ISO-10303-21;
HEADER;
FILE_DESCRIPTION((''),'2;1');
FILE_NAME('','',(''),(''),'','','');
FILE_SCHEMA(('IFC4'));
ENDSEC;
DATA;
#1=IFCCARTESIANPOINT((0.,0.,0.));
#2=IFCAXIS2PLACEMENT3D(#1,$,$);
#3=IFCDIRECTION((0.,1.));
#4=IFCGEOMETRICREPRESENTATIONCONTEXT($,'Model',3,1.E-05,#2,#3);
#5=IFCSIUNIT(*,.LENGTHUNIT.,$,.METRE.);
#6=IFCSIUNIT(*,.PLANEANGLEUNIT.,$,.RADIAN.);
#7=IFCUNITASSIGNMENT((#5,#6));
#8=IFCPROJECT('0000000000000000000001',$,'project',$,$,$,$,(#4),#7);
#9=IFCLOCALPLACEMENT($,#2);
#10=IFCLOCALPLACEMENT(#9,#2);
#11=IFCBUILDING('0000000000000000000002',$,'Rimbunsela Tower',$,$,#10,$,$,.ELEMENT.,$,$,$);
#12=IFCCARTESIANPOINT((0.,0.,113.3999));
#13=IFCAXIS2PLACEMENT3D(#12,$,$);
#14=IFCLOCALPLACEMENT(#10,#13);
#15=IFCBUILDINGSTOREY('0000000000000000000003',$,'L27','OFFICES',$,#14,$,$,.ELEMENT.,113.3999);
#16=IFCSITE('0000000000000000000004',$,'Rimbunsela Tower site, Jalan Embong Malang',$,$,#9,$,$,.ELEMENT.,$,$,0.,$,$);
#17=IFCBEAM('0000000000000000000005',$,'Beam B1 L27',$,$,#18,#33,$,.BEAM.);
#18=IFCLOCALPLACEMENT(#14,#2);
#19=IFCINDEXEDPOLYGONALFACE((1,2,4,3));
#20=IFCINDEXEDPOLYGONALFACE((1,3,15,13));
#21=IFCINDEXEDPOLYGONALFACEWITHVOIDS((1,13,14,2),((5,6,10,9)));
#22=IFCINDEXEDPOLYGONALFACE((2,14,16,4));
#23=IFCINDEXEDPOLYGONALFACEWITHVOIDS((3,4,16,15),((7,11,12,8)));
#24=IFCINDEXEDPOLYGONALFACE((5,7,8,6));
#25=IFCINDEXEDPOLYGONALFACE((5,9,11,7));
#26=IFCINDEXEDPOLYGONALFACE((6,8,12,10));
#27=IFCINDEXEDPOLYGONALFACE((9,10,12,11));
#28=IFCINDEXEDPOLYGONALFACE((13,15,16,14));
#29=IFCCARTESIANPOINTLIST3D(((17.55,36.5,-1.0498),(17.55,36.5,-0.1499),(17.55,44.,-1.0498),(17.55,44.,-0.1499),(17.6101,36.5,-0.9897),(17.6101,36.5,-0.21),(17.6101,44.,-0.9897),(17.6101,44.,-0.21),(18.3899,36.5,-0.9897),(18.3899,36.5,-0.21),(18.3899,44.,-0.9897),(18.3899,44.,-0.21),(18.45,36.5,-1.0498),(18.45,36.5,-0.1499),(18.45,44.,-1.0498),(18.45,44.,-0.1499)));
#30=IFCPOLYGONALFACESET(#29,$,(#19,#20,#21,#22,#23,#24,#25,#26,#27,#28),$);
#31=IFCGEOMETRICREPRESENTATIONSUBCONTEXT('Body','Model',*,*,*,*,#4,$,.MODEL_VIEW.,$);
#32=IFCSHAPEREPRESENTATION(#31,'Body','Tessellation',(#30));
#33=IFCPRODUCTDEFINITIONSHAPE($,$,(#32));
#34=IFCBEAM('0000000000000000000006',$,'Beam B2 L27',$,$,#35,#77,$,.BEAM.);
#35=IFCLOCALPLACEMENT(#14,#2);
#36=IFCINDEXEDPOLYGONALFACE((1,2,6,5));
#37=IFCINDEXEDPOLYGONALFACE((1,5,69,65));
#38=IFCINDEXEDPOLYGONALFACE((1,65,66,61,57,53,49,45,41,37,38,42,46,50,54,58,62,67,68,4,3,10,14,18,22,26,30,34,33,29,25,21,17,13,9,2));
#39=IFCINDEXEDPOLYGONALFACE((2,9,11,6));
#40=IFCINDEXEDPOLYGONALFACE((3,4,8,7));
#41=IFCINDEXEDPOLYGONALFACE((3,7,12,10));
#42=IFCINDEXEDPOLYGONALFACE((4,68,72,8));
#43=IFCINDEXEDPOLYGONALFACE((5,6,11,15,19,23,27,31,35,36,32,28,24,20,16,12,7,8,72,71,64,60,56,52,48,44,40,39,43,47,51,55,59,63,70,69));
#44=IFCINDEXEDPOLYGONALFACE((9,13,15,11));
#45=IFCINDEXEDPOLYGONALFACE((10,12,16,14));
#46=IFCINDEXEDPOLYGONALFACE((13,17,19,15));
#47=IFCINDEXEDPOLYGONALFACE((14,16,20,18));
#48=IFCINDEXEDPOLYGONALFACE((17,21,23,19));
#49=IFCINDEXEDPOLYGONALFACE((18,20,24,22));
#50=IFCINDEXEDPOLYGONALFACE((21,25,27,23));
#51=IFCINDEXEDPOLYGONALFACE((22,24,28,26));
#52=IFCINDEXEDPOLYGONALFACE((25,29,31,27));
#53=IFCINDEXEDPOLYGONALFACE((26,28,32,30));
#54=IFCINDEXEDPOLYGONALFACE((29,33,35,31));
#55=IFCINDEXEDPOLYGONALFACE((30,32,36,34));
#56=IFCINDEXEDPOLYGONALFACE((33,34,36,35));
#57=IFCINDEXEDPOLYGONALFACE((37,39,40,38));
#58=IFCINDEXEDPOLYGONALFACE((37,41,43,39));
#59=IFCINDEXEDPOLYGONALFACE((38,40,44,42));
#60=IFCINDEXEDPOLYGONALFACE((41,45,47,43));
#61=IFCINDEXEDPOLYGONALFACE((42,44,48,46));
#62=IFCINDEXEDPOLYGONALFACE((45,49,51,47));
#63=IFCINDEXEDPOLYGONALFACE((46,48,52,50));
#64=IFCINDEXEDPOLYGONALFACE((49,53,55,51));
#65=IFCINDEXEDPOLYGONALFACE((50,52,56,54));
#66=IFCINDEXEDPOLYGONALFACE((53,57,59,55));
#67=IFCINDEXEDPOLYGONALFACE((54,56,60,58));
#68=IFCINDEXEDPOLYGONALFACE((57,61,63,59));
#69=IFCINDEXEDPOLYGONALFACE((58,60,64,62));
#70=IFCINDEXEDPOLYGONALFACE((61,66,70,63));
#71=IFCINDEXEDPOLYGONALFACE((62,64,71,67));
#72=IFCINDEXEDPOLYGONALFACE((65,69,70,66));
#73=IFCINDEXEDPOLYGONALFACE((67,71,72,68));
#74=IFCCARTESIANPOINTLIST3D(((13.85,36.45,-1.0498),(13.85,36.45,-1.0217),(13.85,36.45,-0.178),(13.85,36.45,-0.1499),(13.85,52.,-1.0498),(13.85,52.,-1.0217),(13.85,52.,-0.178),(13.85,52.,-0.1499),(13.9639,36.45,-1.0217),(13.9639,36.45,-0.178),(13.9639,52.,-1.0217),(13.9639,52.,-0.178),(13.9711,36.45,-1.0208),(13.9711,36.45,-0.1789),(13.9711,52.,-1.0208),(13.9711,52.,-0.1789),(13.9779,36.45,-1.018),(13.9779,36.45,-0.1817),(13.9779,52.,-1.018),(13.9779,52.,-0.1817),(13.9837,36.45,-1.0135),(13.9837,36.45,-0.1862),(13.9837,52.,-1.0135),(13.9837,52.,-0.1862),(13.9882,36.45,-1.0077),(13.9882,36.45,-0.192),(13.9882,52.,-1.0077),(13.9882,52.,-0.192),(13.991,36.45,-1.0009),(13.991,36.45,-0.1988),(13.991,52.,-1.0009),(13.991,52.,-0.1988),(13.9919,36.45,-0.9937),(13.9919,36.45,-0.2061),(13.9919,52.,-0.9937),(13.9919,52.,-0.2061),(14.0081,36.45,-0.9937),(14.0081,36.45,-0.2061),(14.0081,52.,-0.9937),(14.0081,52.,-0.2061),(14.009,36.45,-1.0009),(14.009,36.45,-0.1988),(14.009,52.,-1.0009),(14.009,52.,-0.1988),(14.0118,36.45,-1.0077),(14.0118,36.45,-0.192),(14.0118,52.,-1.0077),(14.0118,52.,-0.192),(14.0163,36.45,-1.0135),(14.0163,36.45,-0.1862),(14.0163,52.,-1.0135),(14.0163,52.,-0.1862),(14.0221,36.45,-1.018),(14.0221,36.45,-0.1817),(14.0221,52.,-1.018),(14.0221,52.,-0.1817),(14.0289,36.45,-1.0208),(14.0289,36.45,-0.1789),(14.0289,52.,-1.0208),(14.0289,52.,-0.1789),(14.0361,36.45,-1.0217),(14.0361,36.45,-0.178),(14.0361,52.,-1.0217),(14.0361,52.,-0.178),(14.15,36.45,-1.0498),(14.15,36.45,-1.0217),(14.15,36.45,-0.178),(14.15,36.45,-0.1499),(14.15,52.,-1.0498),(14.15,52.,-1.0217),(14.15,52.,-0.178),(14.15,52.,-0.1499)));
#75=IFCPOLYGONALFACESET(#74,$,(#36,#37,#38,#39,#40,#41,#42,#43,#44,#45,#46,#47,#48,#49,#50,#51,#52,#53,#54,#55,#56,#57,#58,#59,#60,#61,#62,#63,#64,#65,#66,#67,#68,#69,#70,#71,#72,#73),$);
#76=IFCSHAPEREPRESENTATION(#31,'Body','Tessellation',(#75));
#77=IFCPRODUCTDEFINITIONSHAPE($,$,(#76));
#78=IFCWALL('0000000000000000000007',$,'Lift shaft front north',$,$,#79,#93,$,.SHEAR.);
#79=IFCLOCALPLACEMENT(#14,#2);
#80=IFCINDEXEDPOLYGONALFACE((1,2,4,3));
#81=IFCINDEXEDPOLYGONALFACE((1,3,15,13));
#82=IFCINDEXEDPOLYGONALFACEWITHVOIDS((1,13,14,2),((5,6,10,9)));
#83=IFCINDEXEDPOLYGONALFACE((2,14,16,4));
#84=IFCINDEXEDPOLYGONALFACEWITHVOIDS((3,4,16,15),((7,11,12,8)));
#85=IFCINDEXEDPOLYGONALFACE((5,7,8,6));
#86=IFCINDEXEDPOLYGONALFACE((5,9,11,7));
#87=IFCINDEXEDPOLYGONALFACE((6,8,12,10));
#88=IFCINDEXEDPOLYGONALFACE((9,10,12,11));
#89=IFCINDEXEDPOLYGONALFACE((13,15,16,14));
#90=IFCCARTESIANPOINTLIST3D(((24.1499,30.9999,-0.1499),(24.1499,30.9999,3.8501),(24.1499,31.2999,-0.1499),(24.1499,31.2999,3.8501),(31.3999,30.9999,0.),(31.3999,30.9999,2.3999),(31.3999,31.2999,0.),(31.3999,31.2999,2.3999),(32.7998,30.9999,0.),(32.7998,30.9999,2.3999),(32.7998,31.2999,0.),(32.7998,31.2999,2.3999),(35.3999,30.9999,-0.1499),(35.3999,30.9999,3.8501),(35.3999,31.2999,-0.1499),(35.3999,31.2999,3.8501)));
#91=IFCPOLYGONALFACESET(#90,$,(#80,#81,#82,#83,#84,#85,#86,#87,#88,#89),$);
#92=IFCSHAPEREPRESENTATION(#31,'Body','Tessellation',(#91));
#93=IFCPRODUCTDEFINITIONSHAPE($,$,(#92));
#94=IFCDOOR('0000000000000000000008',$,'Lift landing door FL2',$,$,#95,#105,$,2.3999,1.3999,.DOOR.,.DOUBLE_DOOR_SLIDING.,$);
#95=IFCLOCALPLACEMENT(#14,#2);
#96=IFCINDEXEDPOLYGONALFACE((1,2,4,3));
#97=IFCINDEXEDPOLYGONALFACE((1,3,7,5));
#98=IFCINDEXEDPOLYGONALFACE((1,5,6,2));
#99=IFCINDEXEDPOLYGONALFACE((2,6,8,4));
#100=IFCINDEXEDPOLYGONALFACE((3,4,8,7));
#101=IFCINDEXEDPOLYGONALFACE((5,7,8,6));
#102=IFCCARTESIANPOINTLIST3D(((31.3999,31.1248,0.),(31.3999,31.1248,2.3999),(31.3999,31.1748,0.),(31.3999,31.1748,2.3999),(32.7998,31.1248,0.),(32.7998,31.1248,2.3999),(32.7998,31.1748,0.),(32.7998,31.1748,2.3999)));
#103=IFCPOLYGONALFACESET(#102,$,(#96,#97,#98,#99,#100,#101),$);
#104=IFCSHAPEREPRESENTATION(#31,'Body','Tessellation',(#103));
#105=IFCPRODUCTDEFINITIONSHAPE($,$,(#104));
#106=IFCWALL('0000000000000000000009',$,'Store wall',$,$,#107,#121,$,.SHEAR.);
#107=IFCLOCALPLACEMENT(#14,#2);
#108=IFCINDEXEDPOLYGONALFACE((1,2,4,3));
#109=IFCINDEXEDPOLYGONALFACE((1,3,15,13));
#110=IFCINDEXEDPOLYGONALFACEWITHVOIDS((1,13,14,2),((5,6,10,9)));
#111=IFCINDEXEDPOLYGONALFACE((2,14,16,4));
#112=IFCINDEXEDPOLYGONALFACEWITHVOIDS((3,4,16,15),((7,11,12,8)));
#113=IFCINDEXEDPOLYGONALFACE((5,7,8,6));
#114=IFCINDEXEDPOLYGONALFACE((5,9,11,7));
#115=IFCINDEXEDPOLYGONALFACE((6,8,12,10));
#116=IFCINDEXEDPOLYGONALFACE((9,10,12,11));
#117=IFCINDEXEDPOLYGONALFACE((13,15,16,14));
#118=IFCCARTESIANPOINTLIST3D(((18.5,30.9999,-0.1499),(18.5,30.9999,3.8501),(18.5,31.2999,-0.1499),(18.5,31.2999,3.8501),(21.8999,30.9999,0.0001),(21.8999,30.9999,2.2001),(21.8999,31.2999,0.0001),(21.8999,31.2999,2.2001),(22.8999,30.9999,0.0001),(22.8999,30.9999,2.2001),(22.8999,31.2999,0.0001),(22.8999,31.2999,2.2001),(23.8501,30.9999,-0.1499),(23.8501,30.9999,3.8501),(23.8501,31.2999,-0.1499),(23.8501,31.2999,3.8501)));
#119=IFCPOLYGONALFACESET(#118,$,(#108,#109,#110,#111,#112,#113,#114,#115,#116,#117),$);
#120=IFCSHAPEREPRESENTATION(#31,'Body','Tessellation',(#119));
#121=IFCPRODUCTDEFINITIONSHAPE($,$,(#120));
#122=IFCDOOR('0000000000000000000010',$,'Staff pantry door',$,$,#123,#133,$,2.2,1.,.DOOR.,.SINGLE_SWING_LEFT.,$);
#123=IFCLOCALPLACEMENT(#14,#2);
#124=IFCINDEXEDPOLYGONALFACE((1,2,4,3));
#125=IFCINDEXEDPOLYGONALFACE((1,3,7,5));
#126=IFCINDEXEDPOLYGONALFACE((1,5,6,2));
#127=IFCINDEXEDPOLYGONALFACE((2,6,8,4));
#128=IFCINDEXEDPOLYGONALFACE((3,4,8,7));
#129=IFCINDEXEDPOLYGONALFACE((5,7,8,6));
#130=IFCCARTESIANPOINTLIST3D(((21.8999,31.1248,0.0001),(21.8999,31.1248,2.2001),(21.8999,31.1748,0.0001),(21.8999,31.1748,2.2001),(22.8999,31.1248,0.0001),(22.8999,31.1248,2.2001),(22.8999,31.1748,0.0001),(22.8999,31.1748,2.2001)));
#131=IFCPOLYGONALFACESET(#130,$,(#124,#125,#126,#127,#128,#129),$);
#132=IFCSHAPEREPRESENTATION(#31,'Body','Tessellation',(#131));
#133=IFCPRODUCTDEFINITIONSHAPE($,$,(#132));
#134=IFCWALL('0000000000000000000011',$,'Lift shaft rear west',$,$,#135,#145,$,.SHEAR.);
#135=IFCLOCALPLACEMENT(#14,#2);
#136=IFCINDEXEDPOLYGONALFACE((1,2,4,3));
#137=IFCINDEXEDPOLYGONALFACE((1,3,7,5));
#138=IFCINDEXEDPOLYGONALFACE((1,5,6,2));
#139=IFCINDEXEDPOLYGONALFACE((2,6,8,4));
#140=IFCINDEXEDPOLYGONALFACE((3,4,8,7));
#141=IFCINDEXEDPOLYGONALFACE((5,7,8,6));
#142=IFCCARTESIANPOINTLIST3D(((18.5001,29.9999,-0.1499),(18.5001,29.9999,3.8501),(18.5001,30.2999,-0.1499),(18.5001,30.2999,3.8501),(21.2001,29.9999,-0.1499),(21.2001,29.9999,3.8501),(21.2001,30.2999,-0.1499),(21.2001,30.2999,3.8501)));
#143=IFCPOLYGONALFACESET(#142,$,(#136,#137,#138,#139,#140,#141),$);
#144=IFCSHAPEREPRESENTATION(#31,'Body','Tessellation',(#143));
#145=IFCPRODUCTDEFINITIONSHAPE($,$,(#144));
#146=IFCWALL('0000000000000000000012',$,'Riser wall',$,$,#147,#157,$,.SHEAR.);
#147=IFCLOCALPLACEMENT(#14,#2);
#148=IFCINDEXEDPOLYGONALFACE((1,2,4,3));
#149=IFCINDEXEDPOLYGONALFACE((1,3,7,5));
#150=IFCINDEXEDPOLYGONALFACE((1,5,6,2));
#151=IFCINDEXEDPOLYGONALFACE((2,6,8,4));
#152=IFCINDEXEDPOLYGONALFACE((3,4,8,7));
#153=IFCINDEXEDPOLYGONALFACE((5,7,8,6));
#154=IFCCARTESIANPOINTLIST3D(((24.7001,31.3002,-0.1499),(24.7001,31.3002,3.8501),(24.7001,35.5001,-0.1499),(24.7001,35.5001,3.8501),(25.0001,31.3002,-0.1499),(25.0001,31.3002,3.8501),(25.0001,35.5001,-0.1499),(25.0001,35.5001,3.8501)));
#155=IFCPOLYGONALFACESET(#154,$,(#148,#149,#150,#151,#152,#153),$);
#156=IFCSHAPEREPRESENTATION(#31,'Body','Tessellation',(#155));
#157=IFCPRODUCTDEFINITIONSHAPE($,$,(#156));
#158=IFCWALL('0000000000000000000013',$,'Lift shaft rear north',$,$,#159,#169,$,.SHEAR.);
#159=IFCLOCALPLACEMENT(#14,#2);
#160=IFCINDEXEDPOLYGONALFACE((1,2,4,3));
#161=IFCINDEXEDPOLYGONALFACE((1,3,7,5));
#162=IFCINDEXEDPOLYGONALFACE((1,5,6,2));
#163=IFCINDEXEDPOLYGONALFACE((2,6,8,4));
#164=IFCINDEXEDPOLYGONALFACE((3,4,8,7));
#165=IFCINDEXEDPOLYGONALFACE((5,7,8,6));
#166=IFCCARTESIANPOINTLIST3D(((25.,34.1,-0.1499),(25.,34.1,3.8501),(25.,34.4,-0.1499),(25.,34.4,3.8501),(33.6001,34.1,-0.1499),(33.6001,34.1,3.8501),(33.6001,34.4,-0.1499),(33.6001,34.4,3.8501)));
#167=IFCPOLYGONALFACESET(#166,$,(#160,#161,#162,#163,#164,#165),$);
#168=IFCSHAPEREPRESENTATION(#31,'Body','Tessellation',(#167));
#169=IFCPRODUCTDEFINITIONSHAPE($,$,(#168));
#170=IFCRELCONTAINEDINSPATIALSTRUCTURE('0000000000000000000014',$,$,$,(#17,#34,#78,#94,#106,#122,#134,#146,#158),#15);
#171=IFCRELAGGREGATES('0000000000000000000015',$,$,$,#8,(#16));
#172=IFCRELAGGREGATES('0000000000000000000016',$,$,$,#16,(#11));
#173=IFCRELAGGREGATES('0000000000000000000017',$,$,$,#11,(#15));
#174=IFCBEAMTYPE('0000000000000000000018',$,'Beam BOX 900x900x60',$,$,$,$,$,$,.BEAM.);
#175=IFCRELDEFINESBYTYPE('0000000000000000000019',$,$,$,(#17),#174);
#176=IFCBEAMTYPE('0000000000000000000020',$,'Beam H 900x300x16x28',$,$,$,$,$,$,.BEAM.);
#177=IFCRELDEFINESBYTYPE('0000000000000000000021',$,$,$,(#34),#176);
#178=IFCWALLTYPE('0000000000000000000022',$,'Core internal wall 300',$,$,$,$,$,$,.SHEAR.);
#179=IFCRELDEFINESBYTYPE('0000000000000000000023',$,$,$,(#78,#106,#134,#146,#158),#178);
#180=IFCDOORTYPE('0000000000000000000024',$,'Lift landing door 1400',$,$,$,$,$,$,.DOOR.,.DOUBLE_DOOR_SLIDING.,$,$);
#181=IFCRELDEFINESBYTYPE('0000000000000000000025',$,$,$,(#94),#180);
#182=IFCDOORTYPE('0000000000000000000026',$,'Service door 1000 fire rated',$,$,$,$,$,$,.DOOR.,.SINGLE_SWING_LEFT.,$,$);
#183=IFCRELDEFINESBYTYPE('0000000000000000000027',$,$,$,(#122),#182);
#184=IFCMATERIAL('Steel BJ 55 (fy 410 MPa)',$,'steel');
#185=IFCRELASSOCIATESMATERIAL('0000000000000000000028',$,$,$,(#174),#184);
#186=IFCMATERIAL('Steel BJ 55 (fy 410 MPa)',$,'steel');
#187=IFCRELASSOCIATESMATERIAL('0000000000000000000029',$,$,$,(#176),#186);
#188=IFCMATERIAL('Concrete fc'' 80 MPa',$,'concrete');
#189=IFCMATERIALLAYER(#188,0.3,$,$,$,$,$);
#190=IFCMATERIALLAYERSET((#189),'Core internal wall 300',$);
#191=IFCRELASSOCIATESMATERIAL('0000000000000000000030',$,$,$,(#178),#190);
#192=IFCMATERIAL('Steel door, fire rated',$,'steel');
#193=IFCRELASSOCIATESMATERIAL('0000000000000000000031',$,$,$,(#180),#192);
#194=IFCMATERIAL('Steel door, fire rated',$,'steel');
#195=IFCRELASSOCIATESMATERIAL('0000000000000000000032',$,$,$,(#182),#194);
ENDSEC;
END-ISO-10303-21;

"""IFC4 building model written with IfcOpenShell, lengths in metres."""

from ifc_helpers import new_model, si_unit, direction, frame, frame_2d, origin, origin_2d, place, context, subcontext, project, spatial, rectangle, hollow_rectangle, i_section, extrude, material, layer, layer_set, material_profile, profile_set, type_object, element, fill, save


model = new_model("IFC4")

# Units and contexts
model_context = context("Model", 3, precision=1e-05, world=origin(), true_north=direction((0.0, 1.0)))
body_context = subcontext(model_context, "Body", "Model", "MODEL_VIEW")
ifc_project = project(units=[si_unit("LENGTHUNIT", "METRE"), si_unit("PLANEANGLEUNIT", "RADIAN")], contexts=[model_context])

# Site, building, storey
site_placement = place(None, origin())
site = spatial("IfcSite", under=ifc_project, at=site_placement, Name="Rimbunsela Tower site, Jalan Embong Malang", CompositionType="ELEMENT", RefElevation=0.0)
building_placement = place(site_placement, origin())
building = spatial("IfcBuilding", under=site, at=building_placement, Name="Rimbunsela Tower", CompositionType="ELEMENT")
storey_placement = place(building_placement, frame((0.0, 0.0, 113.3999)))
storey = spatial("IfcBuildingStorey", under=building, at=storey_placement, Name="L27", Description="OFFICES", CompositionType="ELEMENT", Elevation=113.3999)

# Beams
ifc_material_1 = material(Name="Steel BJ 55 (fy 410 MPa)", Category="steel")
ifc_material_profile_1 = material_profile(ifc_material_1, hollow_rectangle(XDim=0.8999, YDim=0.8999, WallThickness=0.0601, at=origin_2d()), Name="BOX 900x900x60")
ifc_profile_set_1 = profile_set([ifc_material_profile_1], Name="Steel BJ 55 (fy 410 MPa)")
beam_type_1 = type_object("IfcBeamType", Name="Beam BOX 900x900x60", PredefinedType="BEAM", material=ifc_profile_set_1)
beam_1_placement = place(storey_placement, frame((18.0, 36.5, -0.5999), z_axis=(0.0, 1.0, 0.0), x_axis=(-1.0, 0.0, 0.0)))
element("IfcBeam", 1, at=beam_1_placement, inside=storey, type_object=beam_type_1, Name="Beam B1 L27", PredefinedType="BEAM", context=body_context, shape_type="SweptSolid", body=[
    extrude(hollow_rectangle(XDim=0.8999, YDim=0.8999, WallThickness=0.0601, at=origin_2d()), origin(), (0.0, 0.0, 1.0), 7.5),
])
ifc_material_2 = material(Name="Steel BJ 55 (fy 410 MPa)", Category="steel")
ifc_material_profile_2 = material_profile(ifc_material_2, i_section(OverallWidth=0.3, OverallDepth=0.8999, WebThickness=0.0161, FlangeThickness=0.0281, FilletRadius=0.0281, at=origin_2d()), Name="H 900x300x16x28")
ifc_profile_set_2 = profile_set([ifc_material_profile_2], Name="Steel BJ 55 (fy 410 MPa)")
beam_type_2 = type_object("IfcBeamType", Name="Beam H 900x300x16x28", PredefinedType="BEAM", material=ifc_profile_set_2)
beam_2_placement = place(storey_placement, frame((14.0, 36.45, -0.5999), z_axis=(0.0, 1.0, 0.0), x_axis=(-1.0, 0.0, 0.0)))
element("IfcBeam", 2, at=beam_2_placement, inside=storey, type_object=beam_type_2, Name="Beam B2 L27", PredefinedType="BEAM", context=body_context, shape_type="SweptSolid", body=[
    extrude(i_section(OverallWidth=0.3, OverallDepth=0.8999, WebThickness=0.0161, FlangeThickness=0.0281, FilletRadius=0.0281, at=origin_2d()), origin(), (0.0, 0.0, 1.0), 15.55),
])

# Walls, openings, doors
ifc_material_3 = material(Name="Concrete fc' 80 MPa", Category="concrete")
ifc_layer_1 = layer(ifc_material_3, 0.3)
ifc_layer_set_1 = layer_set([ifc_layer_1], Name="Core internal wall 300")
wall_type_1 = type_object("IfcWallType", Name="Core internal wall 300", PredefinedType="SHEAR", material=ifc_layer_set_1)
wall_1_placement = place(storey_placement, frame((24.1499, 31.1499, -0.1499), z_axis=(0.0, 0.0, 1.0), x_axis=(1.0, 0.0, 0.0)))
wall_1 = element("IfcWall", 3, at=wall_1_placement, inside=storey, type_object=wall_type_1, Name="Lift shaft front north", PredefinedType="SHEAR", context=body_context, shape_type="SweptSolid", body=[
    extrude(rectangle(XDim=11.25, YDim=0.3, at=frame_2d((5.625, 0.0))), origin(), (0.0, 0.0, 1.0), 4.0),
])
opening_1_placement = place(wall_1_placement, frame((7.25, 0.0, 0.1499)))
opening_1 = element("IfcOpeningElement", 4, at=opening_1_placement, cuts=wall_1, PredefinedType="OPENING", context=body_context, shape_type="SweptSolid", body=[
    extrude(rectangle(XDim=1.3999, YDim=2.3999, at=frame_2d((0.7, 1.2))), frame((0.0, 0.1599, 0.0), z_axis=(0.0, -1.0, 0.0), x_axis=(1.0, 0.0, 0.0)), (0.0, 0.0, 1.0), 0.3201),
])
ifc_material_4 = material(Name="Steel door, fire rated", Category="steel")
door_type_1 = type_object("IfcDoorType", Name="Lift landing door 1400", OperationType="DOUBLE_DOOR_SLIDING", PredefinedType="DOOR", material=ifc_material_4)
door_1_placement = place(opening_1_placement, origin())
door_1 = element("IfcDoor", 5, at=door_1_placement, inside=storey, type_object=door_type_1, Name="Lift landing door FL2", OperationType="DOUBLE_DOOR_SLIDING", OverallHeight=2.3999, OverallWidth=1.3999, PredefinedType="DOOR", context=body_context, shape_type="SweptSolid", body=[
    extrude(rectangle(XDim=1.3999, YDim=2.3999, at=frame_2d((0.7, 1.2))), frame((0.0, 0.0249, 0.0), z_axis=(0.0, -1.0, 0.0), x_axis=(1.0, 0.0, 0.0)), (0.0, 0.0, 1.0), 0.05),
])
fill(opening_1, door_1)
wall_2_placement = place(storey_placement, frame((18.5, 31.1499, -0.1499), z_axis=(0.0, 0.0, 1.0), x_axis=(1.0, 0.0, 0.0)))
wall_2 = element("IfcWall", 6, at=wall_2_placement, inside=storey, type_object=wall_type_1, Name="Store wall", PredefinedType="SHEAR", context=body_context, shape_type="SweptSolid", body=[
    extrude(rectangle(XDim=5.3501, YDim=0.3, at=frame_2d((2.675, 0.0))), origin(), (0.0, 0.0, 1.0), 4.0),
])
opening_2_placement = place(wall_2_placement, frame((3.3999, 0.0, 0.1499)))
opening_2 = element("IfcOpeningElement", 7, at=opening_2_placement, cuts=wall_2, PredefinedType="OPENING", context=body_context, shape_type="SweptSolid", body=[
    extrude(rectangle(XDim=1.0, YDim=2.2, at=frame_2d((0.5, 1.1001))), frame((0.0, 0.1599, 0.0), z_axis=(0.0, -1.0, 0.0), x_axis=(1.0, 0.0, 0.0)), (0.0, 0.0, 1.0), 0.3201),
])
ifc_material_5 = material(Name="Steel door, fire rated", Category="steel")
door_type_2 = type_object("IfcDoorType", Name="Service door 1000 fire rated", OperationType="SINGLE_SWING_LEFT", PredefinedType="DOOR", material=ifc_material_5)
door_2_placement = place(opening_2_placement, origin())
door_2 = element("IfcDoor", 8, at=door_2_placement, inside=storey, type_object=door_type_2, Name="Staff pantry door", OperationType="SINGLE_SWING_LEFT", OverallHeight=2.2, OverallWidth=1.0, PredefinedType="DOOR", context=body_context, shape_type="SweptSolid", body=[
    extrude(rectangle(XDim=1.0, YDim=2.2, at=frame_2d((0.5, 1.1001))), frame((0.0, 0.0249, 0.0), z_axis=(0.0, -1.0, 0.0), x_axis=(1.0, 0.0, 0.0)), (0.0, 0.0, 1.0), 0.05),
])
fill(opening_2, door_2)

# Walls
wall_3_placement = place(storey_placement, frame((18.5, 30.1499, -0.1499), z_axis=(0.0, 0.0, 1.0), x_axis=(1.0, 0.0, 0.0)))
element("IfcWall", 9, at=wall_3_placement, inside=storey, type_object=wall_type_1, Name="Lift shaft rear west", PredefinedType="SHEAR", context=body_context, shape_type="SweptSolid", body=[
    extrude(rectangle(XDim=2.7, YDim=0.3, at=frame_2d((1.3501, 0.0))), origin(), (0.0, 0.0, 1.0), 4.0),
])
wall_4_placement = place(storey_placement, frame((24.8501, 31.3, -0.1499), z_axis=(0.0, 0.0, 1.0), x_axis=(0.0, 1.0, 0.0)))
element("IfcWall", 10, at=wall_4_placement, inside=storey, type_object=wall_type_1, Name="Riser wall", PredefinedType="SHEAR", context=body_context, shape_type="SweptSolid", body=[
    extrude(rectangle(XDim=4.2, YDim=0.3, at=frame_2d((2.1001, 0.0))), origin(), (0.0, 0.0, 1.0), 4.0),
])
wall_5_placement = place(storey_placement, frame((25.0, 34.25, -0.1499), z_axis=(0.0, 0.0, 1.0), x_axis=(1.0, 0.0, 0.0)))
element("IfcWall", 11, at=wall_5_placement, inside=storey, type_object=wall_type_1, Name="Lift shaft rear north", PredefinedType="SHEAR", context=body_context, shape_type="SweptSolid", body=[
    extrude(rectangle(XDim=8.6001, YDim=0.3, at=frame_2d((4.3, 0.0))), origin(), (0.0, 0.0, 1.0), 4.0),
])

save(model, "model.ifc")
